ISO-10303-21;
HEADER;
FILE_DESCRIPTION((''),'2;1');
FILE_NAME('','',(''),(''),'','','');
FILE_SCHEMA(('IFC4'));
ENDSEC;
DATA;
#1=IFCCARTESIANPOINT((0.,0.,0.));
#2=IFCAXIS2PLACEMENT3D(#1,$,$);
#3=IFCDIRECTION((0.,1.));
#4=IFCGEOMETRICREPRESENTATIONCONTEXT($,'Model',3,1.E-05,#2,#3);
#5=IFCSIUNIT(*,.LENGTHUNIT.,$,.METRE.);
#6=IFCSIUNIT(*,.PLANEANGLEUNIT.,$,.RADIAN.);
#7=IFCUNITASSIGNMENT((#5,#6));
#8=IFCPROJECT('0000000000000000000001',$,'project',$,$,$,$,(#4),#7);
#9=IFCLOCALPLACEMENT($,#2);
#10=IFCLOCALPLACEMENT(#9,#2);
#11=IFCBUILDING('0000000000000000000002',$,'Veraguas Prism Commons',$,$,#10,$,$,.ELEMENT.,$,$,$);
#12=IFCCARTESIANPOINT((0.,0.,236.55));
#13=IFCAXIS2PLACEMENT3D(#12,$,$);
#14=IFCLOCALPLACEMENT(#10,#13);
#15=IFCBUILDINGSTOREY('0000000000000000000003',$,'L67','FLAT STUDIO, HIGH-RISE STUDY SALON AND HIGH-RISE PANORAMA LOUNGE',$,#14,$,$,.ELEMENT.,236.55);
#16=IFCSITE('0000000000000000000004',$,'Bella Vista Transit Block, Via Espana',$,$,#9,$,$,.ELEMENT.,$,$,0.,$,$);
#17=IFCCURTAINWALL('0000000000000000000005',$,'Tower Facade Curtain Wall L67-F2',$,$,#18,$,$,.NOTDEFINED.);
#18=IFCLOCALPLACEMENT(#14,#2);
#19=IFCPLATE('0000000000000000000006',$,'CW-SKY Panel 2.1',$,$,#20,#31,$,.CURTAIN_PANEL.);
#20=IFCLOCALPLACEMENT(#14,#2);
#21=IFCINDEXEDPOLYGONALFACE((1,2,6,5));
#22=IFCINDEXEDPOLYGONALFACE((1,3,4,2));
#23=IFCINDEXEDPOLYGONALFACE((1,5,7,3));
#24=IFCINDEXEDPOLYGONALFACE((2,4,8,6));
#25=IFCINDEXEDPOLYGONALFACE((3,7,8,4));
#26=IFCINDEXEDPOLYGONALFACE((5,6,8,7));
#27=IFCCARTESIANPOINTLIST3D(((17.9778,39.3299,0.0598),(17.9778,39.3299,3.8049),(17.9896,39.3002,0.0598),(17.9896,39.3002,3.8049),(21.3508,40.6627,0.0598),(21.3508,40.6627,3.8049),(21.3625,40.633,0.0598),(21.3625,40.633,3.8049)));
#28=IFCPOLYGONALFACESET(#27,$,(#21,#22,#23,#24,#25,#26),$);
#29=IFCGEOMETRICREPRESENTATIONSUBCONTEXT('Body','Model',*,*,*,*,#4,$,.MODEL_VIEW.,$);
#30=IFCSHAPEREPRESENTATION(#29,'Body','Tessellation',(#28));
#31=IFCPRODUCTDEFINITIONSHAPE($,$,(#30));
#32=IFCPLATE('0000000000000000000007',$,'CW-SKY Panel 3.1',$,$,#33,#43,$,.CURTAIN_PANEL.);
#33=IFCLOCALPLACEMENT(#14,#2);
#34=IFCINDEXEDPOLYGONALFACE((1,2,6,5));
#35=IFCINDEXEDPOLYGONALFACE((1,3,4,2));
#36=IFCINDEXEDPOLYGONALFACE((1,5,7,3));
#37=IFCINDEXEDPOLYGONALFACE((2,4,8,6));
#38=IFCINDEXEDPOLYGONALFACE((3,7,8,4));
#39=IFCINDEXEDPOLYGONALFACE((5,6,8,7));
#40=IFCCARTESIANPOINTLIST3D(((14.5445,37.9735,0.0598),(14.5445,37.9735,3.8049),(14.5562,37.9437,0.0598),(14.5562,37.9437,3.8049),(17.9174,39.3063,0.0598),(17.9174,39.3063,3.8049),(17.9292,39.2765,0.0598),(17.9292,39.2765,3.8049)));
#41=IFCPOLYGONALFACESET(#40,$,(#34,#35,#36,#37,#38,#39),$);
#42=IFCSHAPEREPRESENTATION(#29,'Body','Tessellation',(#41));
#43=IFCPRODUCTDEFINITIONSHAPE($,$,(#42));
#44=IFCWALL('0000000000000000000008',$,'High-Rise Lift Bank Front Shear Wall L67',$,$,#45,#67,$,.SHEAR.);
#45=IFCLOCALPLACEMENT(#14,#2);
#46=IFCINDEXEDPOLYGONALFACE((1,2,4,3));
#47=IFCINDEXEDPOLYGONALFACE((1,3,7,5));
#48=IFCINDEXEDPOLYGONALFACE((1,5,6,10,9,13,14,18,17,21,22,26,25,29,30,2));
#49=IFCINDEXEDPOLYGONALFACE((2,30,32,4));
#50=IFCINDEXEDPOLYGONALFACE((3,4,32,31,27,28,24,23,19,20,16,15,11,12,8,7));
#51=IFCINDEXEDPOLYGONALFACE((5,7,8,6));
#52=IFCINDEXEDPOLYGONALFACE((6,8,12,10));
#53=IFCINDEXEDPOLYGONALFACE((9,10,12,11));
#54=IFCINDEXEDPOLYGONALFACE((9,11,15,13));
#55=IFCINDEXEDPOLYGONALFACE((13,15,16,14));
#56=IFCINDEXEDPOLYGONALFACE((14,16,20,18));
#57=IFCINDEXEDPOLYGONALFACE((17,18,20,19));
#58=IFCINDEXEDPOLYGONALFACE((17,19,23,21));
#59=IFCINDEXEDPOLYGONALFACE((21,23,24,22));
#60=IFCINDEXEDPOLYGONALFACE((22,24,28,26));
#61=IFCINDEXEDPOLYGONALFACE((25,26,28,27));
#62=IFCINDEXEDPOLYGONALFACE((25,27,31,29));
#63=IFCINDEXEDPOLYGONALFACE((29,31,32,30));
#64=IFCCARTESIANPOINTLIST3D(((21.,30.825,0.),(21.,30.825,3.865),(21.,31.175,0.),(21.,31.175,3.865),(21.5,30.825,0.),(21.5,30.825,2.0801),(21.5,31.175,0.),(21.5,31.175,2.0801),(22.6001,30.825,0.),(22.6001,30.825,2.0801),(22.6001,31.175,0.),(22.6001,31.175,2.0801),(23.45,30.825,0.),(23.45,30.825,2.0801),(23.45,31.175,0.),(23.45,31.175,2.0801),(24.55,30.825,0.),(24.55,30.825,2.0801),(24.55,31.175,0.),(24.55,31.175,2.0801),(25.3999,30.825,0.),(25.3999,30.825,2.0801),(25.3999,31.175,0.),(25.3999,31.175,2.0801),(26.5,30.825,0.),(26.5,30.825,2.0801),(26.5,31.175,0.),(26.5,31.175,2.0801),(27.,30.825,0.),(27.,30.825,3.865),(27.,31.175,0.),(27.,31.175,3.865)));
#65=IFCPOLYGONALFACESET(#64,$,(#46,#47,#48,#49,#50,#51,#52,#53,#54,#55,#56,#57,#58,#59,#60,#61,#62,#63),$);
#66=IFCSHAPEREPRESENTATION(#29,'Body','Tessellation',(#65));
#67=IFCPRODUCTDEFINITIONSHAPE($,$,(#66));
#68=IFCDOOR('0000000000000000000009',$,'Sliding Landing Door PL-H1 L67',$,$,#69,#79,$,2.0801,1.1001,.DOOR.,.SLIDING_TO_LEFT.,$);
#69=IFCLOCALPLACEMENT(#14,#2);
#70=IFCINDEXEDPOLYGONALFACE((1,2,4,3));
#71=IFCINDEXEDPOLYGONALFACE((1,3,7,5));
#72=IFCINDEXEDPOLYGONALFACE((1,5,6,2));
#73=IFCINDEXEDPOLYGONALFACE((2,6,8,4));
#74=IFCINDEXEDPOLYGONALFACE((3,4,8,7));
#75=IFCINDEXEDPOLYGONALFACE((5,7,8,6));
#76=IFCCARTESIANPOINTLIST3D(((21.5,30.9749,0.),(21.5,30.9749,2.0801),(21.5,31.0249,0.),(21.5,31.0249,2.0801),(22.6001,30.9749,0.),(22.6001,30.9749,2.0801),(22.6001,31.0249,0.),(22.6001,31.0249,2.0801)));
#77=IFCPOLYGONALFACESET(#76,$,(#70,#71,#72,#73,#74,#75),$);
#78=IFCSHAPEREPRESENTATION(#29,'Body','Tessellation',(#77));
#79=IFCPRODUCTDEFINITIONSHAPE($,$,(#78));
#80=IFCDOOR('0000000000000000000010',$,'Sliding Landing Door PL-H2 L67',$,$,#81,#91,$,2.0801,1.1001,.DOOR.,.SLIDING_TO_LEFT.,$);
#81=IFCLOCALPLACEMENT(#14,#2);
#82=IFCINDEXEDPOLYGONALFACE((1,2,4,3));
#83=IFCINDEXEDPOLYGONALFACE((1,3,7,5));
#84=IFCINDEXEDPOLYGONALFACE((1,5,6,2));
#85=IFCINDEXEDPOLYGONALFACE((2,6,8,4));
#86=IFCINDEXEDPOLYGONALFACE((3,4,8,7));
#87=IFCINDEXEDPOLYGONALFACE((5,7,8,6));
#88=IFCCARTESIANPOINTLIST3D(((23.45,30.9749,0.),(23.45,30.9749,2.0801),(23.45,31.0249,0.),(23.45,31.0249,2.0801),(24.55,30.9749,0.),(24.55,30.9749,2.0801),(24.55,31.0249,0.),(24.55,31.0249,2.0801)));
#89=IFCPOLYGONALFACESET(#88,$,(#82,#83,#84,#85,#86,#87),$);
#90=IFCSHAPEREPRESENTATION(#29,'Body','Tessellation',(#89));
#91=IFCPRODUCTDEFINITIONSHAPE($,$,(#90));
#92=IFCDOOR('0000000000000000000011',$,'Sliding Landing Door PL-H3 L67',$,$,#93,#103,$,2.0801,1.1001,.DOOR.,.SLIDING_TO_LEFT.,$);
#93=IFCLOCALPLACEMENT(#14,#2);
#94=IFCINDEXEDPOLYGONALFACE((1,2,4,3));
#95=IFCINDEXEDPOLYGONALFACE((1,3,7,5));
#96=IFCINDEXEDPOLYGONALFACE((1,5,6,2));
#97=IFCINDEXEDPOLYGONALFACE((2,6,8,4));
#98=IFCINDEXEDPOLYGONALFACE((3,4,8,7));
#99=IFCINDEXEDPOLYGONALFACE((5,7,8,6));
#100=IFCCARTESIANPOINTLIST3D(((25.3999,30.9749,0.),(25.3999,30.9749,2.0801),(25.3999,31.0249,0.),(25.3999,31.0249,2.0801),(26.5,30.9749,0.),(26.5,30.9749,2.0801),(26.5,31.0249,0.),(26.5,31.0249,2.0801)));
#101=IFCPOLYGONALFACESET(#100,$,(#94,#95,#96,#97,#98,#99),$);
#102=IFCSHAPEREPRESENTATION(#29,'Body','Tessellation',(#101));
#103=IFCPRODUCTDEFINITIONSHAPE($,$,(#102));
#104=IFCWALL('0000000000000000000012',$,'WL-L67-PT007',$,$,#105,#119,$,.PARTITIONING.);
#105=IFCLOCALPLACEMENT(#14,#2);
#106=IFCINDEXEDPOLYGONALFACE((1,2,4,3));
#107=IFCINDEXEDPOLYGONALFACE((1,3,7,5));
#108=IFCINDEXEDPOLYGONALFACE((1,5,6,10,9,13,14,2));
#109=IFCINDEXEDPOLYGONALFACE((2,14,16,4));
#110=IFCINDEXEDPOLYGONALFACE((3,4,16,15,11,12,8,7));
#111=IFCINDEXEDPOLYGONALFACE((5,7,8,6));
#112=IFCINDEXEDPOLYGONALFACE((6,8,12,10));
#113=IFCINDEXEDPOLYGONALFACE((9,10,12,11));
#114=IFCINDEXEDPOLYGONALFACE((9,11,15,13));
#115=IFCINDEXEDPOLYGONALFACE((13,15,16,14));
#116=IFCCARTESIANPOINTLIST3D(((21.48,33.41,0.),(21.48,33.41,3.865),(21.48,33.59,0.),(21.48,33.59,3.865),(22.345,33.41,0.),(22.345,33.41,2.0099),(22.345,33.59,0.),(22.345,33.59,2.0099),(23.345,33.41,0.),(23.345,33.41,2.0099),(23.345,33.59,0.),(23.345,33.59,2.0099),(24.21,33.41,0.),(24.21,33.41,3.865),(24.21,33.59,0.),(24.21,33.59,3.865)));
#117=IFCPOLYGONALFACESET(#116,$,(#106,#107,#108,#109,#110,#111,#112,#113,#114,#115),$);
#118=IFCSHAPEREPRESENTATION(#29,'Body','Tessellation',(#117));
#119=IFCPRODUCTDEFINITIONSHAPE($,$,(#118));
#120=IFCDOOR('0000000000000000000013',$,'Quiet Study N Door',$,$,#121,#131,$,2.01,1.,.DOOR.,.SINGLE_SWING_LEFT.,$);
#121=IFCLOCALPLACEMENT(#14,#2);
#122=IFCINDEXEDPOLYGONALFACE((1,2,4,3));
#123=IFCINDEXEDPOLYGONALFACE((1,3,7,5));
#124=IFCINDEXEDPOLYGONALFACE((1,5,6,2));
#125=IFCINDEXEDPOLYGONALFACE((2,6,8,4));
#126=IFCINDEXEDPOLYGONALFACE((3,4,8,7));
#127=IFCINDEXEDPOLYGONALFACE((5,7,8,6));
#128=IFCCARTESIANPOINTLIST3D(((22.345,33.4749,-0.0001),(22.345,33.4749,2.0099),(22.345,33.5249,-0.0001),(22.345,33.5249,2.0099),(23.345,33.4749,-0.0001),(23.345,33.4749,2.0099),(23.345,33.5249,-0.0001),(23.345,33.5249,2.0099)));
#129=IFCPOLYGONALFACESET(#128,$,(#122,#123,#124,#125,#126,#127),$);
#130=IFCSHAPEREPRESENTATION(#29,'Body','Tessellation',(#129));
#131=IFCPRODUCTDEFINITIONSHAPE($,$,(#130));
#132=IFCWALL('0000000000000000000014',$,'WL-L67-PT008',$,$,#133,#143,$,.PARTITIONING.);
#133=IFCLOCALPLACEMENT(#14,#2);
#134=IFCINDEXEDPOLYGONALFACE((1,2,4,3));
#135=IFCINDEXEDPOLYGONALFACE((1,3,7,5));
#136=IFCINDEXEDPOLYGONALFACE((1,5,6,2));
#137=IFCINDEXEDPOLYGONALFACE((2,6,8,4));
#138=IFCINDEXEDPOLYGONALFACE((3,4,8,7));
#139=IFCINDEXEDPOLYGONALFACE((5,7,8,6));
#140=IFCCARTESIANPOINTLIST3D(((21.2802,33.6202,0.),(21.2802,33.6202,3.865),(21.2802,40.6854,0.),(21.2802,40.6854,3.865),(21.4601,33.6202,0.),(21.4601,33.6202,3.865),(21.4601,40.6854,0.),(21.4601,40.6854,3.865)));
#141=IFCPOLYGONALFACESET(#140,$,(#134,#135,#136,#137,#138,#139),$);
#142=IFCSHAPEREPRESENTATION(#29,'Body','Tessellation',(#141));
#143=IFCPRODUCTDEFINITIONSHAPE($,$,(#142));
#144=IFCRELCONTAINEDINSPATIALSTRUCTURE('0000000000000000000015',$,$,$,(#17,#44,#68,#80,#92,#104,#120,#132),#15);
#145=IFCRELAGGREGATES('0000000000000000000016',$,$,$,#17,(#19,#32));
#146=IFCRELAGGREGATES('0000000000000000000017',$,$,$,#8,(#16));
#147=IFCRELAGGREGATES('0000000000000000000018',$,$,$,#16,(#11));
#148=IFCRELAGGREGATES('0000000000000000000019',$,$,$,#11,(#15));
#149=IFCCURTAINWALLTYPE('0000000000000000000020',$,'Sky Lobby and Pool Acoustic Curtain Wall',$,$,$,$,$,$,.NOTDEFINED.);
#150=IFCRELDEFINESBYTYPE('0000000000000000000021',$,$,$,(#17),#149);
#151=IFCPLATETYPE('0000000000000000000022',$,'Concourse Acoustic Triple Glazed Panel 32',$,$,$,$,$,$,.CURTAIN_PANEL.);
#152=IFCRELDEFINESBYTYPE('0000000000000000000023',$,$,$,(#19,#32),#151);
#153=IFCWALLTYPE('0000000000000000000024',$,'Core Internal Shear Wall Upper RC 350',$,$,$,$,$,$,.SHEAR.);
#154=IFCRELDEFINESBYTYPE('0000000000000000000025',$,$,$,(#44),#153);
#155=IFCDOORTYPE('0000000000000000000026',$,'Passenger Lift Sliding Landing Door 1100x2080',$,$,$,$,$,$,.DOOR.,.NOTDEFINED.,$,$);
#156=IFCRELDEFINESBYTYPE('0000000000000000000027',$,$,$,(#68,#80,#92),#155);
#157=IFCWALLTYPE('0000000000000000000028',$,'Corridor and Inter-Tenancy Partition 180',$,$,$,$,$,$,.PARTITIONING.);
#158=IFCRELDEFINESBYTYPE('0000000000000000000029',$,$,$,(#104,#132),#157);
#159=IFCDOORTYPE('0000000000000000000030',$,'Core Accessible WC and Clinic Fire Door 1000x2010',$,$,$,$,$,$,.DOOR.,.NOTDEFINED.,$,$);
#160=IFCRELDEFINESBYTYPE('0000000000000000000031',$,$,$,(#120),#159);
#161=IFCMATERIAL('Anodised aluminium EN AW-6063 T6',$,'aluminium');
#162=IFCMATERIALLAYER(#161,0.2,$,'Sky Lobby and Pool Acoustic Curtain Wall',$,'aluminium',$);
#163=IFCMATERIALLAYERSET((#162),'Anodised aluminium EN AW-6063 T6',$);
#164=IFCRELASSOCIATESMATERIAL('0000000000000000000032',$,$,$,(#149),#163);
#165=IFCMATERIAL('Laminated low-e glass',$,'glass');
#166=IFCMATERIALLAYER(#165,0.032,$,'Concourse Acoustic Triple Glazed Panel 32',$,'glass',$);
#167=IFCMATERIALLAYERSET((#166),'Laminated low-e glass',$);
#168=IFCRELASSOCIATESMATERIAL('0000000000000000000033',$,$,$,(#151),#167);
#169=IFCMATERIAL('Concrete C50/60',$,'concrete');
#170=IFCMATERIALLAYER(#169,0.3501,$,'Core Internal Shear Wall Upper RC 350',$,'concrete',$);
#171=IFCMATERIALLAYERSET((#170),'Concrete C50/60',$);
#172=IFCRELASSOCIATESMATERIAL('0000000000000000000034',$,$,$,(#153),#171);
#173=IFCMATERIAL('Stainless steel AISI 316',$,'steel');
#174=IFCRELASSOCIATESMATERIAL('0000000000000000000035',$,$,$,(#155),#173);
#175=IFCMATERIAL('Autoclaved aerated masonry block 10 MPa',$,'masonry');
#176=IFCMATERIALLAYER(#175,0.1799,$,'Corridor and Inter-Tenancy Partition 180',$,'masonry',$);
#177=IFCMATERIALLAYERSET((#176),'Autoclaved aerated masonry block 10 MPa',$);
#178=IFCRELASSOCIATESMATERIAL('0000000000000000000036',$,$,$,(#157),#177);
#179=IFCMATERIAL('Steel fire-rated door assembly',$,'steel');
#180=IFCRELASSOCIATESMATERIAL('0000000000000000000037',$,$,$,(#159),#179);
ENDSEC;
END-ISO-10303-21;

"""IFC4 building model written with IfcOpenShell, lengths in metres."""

from ifc_helpers import new_model, si_unit, direction, frame, frame_2d, origin, origin_2d, place, context, subcontext, project, spatial, rectangle, extrude, source, transform, mapped, material, layer, layer_set, type_object, element, fill, aggregate, save


model = new_model("IFC4")

# Units and contexts
model_context = context("Model", 3, precision=1e-05, world=origin(), true_north=direction((0.0, 1.0)))
body_context = subcontext(model_context, "Body", "Model", "MODEL_VIEW")
ifc_project = project(units=[si_unit("LENGTHUNIT", "METRE"), si_unit("PLANEANGLEUNIT", "RADIAN")], contexts=[model_context])

# Site, building, storey
site_placement = place(None, origin())
site = spatial("IfcSite", under=ifc_project, at=site_placement, Name="Bella Vista Transit Block, Via Espana", CompositionType="ELEMENT", RefElevation=0.0)
building_placement = place(site_placement, origin())
building = spatial("IfcBuilding", under=site, at=building_placement, Name="Veraguas Prism Commons", CompositionType="ELEMENT")
storey_placement = place(building_placement, frame((0.0, 0.0, 236.55)))
storey = spatial("IfcBuildingStorey", under=building, at=storey_placement, Name="L67", Description="FLAT STUDIO, HIGH-RISE STUDY SALON AND HIGH-RISE PANORAMA LOUNGE", CompositionType="ELEMENT", Elevation=236.55)

# Shared definitions
ifc_material_1 = material(Name="Concrete C50/60", Category="concrete")

# Curtain wall, plates
ifc_material_2 = material(Name="Anodised aluminium EN AW-6063 T6", Category="aluminium")
ifc_layer_1 = layer(ifc_material_2, 0.2, Name="Sky Lobby and Pool Acoustic Curtain Wall", Category="aluminium")
ifc_layer_set_1 = layer_set([ifc_layer_1], Name="Anodised aluminium EN AW-6063 T6")
curtain_wall_type = type_object("IfcCurtainWallType", Name="Sky Lobby and Pool Acoustic Curtain Wall", PredefinedType="NOTDEFINED", material=ifc_layer_set_1)
curtain_wall_placement = place(storey_placement, origin())
curtain_wall = element("IfcCurtainWall", 1, at=curtain_wall_placement, inside=storey, type_object=curtain_wall_type, Name="Tower Facade Curtain Wall L67-F2", PredefinedType="NOTDEFINED")
ifc_material_3 = material(Name="Laminated low-e glass", Category="glass")
ifc_layer_2 = layer(ifc_material_3, 0.032, Name="Concourse Acoustic Triple Glazed Panel 32", Category="glass")
ifc_layer_set_2 = layer_set([ifc_layer_2], Name="Laminated low-e glass")
plate_type = type_object("IfcPlateType", Name="Concourse Acoustic Triple Glazed Panel 32", PredefinedType="CURTAIN_PANEL", material=ifc_layer_set_2)
shared_shape_1 = source(origin(), body_context, "Body", "SweptSolid", [
    extrude(rectangle(XDim=3.6267, YDim=0.032, at=origin_2d()), origin(), (0.0, 0.0, 1.0), 3.7451),
])
plate_1_placement = place(storey_placement, frame((19.6702, 39.9814, 0.0598), z_axis=(0.0, 0.0, 1.0), x_axis=(-0.93003, -0.367483, 0.0)))
plate_1 = element("IfcPlate", 2, at=plate_1_placement, type_object=plate_type, Name="CW-SKY Panel 2.1", PredefinedType="CURTAIN_PANEL", context=body_context, shape_type="MappedRepresentation", body=[
    mapped(shared_shape_1, transform((0.0, 0.0, 0.0), scale=1.0)),
])
plate_2_placement = place(storey_placement, frame((16.2368, 38.625, 0.0598), z_axis=(0.0, 0.0, 1.0), x_axis=(-0.93003, -0.367483, 0.0)))
plate_2 = element("IfcPlate", 3, at=plate_2_placement, type_object=plate_type, Name="CW-SKY Panel 3.1", PredefinedType="CURTAIN_PANEL", context=body_context, shape_type="MappedRepresentation", body=[
    mapped(shared_shape_1, transform((0.0, 0.0, 0.0), scale=1.0)),
])
aggregate(curtain_wall, [plate_1, plate_2])

# Wall, openings, doors
ifc_layer_3 = layer(ifc_material_1, 0.3501, Name="Core Internal Shear Wall Upper RC 350", Category="concrete")
ifc_layer_set_3 = layer_set([ifc_layer_3], Name="Concrete C50/60")
wall_type_1 = type_object("IfcWallType", Name="Core Internal Shear Wall Upper RC 350", PredefinedType="SHEAR", material=ifc_layer_set_3)
wall_1_placement = place(storey_placement, frame((21.0, 31.0, 0.0), z_axis=(0.0, 0.0, 1.0), x_axis=(1.0, 0.0, 0.0)))
wall_1 = element("IfcWall", 4, at=wall_1_placement, inside=storey, type_object=wall_type_1, Name="High-Rise Lift Bank Front Shear Wall L67", PredefinedType="SHEAR", context=body_context, shape_type="SweptSolid", body=[
    extrude(rectangle(XDim=6.0, YDim=0.3501, at=frame_2d((3.0, 0.0))), origin(), (0.0, 0.0, 1.0), 3.865),
])
opening_1_placement = place(wall_1_placement, frame((0.5, 0.0, 0.0)))
opening_1 = element("IfcOpeningElement", 5, at=opening_1_placement, cuts=wall_1, PredefinedType="OPENING", context=body_context, shape_type="SweptSolid", body=[
    extrude(rectangle(XDim=1.1001, YDim=2.0801, at=frame_2d((0.55, 1.04))), frame((0.0, 0.1851, 0.0), z_axis=(0.0, -1.0, 0.0), x_axis=(1.0, 0.0, 0.0)), (0.0, 0.0, 1.0), 0.3701),
])
opening_2_placement = place(wall_1_placement, frame((2.45, 0.0, 0.0)))
opening_2 = element("IfcOpeningElement", 6, at=opening_2_placement, cuts=wall_1, PredefinedType="OPENING", context=body_context, shape_type="SweptSolid", body=[
    extrude(rectangle(XDim=1.1001, YDim=2.0801, at=frame_2d((0.55, 1.04))), frame((0.0, 0.1851, 0.0), z_axis=(0.0, -1.0, 0.0), x_axis=(1.0, 0.0, 0.0)), (0.0, 0.0, 1.0), 0.3701),
])
opening_3_placement = place(wall_1_placement, frame((4.3999, 0.0, 0.0)))
opening_3 = element("IfcOpeningElement", 7, at=opening_3_placement, cuts=wall_1, PredefinedType="OPENING", context=body_context, shape_type="SweptSolid", body=[
    extrude(rectangle(XDim=1.1001, YDim=2.0801, at=frame_2d((0.55, 1.04))), frame((0.0, 0.1851, 0.0), z_axis=(0.0, -1.0, 0.0), x_axis=(1.0, 0.0, 0.0)), (0.0, 0.0, 1.0), 0.3701),
])
ifc_material_4 = material(Name="Stainless steel AISI 316", Category="steel")
door_type_1 = type_object("IfcDoorType", Name="Passenger Lift Sliding Landing Door 1100x2080", OperationType="NOTDEFINED", PredefinedType="DOOR", material=ifc_material_4)
shared_shape_2 = source(origin(), body_context, "Body", "SweptSolid", [
    extrude(rectangle(XDim=1.1001, YDim=2.0801, at=frame_2d((0.55, 1.04))), frame((0.0, 0.0249, 0.0), z_axis=(0.0, -1.0, 0.0), x_axis=(1.0, 0.0, 0.0)), (0.0, 0.0, 1.0), 0.05),
])
door_1_placement = place(opening_1_placement, origin())
door_1 = element("IfcDoor", 8, at=door_1_placement, inside=storey, type_object=door_type_1, Name="Sliding Landing Door PL-H1 L67", OperationType="SLIDING_TO_LEFT", OverallHeight=2.0801, OverallWidth=1.1001, PredefinedType="DOOR", context=body_context, shape_type="MappedRepresentation", body=[
    mapped(shared_shape_2, transform((0.0, 0.0, 0.0), scale=1.0)),
])
fill(opening_1, door_1)
door_2_placement = place(opening_2_placement, origin())
door_2 = element("IfcDoor", 9, at=door_2_placement, inside=storey, type_object=door_type_1, Name="Sliding Landing Door PL-H2 L67", OperationType="SLIDING_TO_LEFT", OverallHeight=2.0801, OverallWidth=1.1001, PredefinedType="DOOR", context=body_context, shape_type="MappedRepresentation", body=[
    mapped(shared_shape_2, transform((0.0, 0.0, 0.0), scale=1.0)),
])
fill(opening_2, door_2)
door_3_placement = place(opening_3_placement, origin())
door_3 = element("IfcDoor", 10, at=door_3_placement, inside=storey, type_object=door_type_1, Name="Sliding Landing Door PL-H3 L67", OperationType="SLIDING_TO_LEFT", OverallHeight=2.0801, OverallWidth=1.1001, PredefinedType="DOOR", context=body_context, shape_type="MappedRepresentation", body=[
    mapped(shared_shape_2, transform((0.0, 0.0, 0.0), scale=1.0)),
])
fill(opening_3, door_3)

# Wall, opening, door
ifc_material_5 = material(Name="Autoclaved aerated masonry block 10 MPa", Category="masonry")
ifc_layer_4 = layer(ifc_material_5, 0.1799, Name="Corridor and Inter-Tenancy Partition 180", Category="masonry")
ifc_layer_set_4 = layer_set([ifc_layer_4], Name="Autoclaved aerated masonry block 10 MPa")
wall_type_2 = type_object("IfcWallType", Name="Corridor and Inter-Tenancy Partition 180", PredefinedType="PARTITIONING", material=ifc_layer_set_4)
wall_2_placement = place(storey_placement, frame((21.48, 33.5, 0.0), z_axis=(0.0, 0.0, 1.0), x_axis=(1.0, 0.0, 0.0)))
wall_2 = element("IfcWall", 11, at=wall_2_placement, inside=storey, type_object=wall_type_2, Name="WL-L67-PT007", PredefinedType="PARTITIONING", context=body_context, shape_type="SweptSolid", body=[
    extrude(rectangle(XDim=2.73, YDim=0.1799, at=frame_2d((1.365, 0.0))), origin(), (0.0, 0.0, 1.0), 3.865),
])
opening_4_placement = place(wall_2_placement, frame((0.865, 0.0, 0.0)))
opening_4 = element("IfcOpeningElement", 12, at=opening_4_placement, cuts=wall_2, PredefinedType="OPENING", context=body_context, shape_type="SweptSolid", body=[
    extrude(rectangle(XDim=1.0, YDim=2.01, at=frame_2d((0.5, 1.0049))), frame((0.0, 0.0999, 0.0), z_axis=(0.0, -1.0, 0.0), x_axis=(1.0, 0.0, 0.0)), (0.0, 0.0, 1.0), 0.2),
])
ifc_material_6 = material(Name="Steel fire-rated door assembly", Category="steel")
door_type_2 = type_object("IfcDoorType", Name="Core Accessible WC and Clinic Fire Door 1000x2010", OperationType="NOTDEFINED", PredefinedType="DOOR", material=ifc_material_6)
shared_shape_3 = source(origin(), body_context, "Body", "SweptSolid", [
    extrude(rectangle(XDim=1.0, YDim=2.01, at=frame_2d((0.5, 1.0049))), frame((0.0, 0.0249, 0.0), z_axis=(0.0, -1.0, 0.0), x_axis=(1.0, 0.0, 0.0)), (0.0, 0.0, 1.0), 0.05),
])
door_4_placement = place(opening_4_placement, origin())
door_4 = element("IfcDoor", 13, at=door_4_placement, inside=storey, type_object=door_type_2, Name="Quiet Study N Door", OperationType="SINGLE_SWING_LEFT", OverallHeight=2.01, OverallWidth=1.0, PredefinedType="DOOR", context=body_context, shape_type="MappedRepresentation", body=[
    mapped(shared_shape_3, transform((0.0, 0.0, 0.0), scale=1.0)),
])
fill(opening_4, door_4)

# Wall
wall_3_placement = place(storey_placement, frame((21.3701, 33.6201, 0.0), z_axis=(0.0, 0.0, 1.0), x_axis=(0.0, 1.0, 0.0)))
element("IfcWall", 14, at=wall_3_placement, inside=storey, type_object=wall_type_2, Name="WL-L67-PT008", PredefinedType="PARTITIONING", context=body_context, shape_type="SweptSolid", body=[
    extrude(rectangle(XDim=7.0652, YDim=0.1799, at=frame_2d((3.5327, 0.0))), origin(), (0.0, 0.0, 1.0), 3.865),
])

save(model, "model.ifc")
